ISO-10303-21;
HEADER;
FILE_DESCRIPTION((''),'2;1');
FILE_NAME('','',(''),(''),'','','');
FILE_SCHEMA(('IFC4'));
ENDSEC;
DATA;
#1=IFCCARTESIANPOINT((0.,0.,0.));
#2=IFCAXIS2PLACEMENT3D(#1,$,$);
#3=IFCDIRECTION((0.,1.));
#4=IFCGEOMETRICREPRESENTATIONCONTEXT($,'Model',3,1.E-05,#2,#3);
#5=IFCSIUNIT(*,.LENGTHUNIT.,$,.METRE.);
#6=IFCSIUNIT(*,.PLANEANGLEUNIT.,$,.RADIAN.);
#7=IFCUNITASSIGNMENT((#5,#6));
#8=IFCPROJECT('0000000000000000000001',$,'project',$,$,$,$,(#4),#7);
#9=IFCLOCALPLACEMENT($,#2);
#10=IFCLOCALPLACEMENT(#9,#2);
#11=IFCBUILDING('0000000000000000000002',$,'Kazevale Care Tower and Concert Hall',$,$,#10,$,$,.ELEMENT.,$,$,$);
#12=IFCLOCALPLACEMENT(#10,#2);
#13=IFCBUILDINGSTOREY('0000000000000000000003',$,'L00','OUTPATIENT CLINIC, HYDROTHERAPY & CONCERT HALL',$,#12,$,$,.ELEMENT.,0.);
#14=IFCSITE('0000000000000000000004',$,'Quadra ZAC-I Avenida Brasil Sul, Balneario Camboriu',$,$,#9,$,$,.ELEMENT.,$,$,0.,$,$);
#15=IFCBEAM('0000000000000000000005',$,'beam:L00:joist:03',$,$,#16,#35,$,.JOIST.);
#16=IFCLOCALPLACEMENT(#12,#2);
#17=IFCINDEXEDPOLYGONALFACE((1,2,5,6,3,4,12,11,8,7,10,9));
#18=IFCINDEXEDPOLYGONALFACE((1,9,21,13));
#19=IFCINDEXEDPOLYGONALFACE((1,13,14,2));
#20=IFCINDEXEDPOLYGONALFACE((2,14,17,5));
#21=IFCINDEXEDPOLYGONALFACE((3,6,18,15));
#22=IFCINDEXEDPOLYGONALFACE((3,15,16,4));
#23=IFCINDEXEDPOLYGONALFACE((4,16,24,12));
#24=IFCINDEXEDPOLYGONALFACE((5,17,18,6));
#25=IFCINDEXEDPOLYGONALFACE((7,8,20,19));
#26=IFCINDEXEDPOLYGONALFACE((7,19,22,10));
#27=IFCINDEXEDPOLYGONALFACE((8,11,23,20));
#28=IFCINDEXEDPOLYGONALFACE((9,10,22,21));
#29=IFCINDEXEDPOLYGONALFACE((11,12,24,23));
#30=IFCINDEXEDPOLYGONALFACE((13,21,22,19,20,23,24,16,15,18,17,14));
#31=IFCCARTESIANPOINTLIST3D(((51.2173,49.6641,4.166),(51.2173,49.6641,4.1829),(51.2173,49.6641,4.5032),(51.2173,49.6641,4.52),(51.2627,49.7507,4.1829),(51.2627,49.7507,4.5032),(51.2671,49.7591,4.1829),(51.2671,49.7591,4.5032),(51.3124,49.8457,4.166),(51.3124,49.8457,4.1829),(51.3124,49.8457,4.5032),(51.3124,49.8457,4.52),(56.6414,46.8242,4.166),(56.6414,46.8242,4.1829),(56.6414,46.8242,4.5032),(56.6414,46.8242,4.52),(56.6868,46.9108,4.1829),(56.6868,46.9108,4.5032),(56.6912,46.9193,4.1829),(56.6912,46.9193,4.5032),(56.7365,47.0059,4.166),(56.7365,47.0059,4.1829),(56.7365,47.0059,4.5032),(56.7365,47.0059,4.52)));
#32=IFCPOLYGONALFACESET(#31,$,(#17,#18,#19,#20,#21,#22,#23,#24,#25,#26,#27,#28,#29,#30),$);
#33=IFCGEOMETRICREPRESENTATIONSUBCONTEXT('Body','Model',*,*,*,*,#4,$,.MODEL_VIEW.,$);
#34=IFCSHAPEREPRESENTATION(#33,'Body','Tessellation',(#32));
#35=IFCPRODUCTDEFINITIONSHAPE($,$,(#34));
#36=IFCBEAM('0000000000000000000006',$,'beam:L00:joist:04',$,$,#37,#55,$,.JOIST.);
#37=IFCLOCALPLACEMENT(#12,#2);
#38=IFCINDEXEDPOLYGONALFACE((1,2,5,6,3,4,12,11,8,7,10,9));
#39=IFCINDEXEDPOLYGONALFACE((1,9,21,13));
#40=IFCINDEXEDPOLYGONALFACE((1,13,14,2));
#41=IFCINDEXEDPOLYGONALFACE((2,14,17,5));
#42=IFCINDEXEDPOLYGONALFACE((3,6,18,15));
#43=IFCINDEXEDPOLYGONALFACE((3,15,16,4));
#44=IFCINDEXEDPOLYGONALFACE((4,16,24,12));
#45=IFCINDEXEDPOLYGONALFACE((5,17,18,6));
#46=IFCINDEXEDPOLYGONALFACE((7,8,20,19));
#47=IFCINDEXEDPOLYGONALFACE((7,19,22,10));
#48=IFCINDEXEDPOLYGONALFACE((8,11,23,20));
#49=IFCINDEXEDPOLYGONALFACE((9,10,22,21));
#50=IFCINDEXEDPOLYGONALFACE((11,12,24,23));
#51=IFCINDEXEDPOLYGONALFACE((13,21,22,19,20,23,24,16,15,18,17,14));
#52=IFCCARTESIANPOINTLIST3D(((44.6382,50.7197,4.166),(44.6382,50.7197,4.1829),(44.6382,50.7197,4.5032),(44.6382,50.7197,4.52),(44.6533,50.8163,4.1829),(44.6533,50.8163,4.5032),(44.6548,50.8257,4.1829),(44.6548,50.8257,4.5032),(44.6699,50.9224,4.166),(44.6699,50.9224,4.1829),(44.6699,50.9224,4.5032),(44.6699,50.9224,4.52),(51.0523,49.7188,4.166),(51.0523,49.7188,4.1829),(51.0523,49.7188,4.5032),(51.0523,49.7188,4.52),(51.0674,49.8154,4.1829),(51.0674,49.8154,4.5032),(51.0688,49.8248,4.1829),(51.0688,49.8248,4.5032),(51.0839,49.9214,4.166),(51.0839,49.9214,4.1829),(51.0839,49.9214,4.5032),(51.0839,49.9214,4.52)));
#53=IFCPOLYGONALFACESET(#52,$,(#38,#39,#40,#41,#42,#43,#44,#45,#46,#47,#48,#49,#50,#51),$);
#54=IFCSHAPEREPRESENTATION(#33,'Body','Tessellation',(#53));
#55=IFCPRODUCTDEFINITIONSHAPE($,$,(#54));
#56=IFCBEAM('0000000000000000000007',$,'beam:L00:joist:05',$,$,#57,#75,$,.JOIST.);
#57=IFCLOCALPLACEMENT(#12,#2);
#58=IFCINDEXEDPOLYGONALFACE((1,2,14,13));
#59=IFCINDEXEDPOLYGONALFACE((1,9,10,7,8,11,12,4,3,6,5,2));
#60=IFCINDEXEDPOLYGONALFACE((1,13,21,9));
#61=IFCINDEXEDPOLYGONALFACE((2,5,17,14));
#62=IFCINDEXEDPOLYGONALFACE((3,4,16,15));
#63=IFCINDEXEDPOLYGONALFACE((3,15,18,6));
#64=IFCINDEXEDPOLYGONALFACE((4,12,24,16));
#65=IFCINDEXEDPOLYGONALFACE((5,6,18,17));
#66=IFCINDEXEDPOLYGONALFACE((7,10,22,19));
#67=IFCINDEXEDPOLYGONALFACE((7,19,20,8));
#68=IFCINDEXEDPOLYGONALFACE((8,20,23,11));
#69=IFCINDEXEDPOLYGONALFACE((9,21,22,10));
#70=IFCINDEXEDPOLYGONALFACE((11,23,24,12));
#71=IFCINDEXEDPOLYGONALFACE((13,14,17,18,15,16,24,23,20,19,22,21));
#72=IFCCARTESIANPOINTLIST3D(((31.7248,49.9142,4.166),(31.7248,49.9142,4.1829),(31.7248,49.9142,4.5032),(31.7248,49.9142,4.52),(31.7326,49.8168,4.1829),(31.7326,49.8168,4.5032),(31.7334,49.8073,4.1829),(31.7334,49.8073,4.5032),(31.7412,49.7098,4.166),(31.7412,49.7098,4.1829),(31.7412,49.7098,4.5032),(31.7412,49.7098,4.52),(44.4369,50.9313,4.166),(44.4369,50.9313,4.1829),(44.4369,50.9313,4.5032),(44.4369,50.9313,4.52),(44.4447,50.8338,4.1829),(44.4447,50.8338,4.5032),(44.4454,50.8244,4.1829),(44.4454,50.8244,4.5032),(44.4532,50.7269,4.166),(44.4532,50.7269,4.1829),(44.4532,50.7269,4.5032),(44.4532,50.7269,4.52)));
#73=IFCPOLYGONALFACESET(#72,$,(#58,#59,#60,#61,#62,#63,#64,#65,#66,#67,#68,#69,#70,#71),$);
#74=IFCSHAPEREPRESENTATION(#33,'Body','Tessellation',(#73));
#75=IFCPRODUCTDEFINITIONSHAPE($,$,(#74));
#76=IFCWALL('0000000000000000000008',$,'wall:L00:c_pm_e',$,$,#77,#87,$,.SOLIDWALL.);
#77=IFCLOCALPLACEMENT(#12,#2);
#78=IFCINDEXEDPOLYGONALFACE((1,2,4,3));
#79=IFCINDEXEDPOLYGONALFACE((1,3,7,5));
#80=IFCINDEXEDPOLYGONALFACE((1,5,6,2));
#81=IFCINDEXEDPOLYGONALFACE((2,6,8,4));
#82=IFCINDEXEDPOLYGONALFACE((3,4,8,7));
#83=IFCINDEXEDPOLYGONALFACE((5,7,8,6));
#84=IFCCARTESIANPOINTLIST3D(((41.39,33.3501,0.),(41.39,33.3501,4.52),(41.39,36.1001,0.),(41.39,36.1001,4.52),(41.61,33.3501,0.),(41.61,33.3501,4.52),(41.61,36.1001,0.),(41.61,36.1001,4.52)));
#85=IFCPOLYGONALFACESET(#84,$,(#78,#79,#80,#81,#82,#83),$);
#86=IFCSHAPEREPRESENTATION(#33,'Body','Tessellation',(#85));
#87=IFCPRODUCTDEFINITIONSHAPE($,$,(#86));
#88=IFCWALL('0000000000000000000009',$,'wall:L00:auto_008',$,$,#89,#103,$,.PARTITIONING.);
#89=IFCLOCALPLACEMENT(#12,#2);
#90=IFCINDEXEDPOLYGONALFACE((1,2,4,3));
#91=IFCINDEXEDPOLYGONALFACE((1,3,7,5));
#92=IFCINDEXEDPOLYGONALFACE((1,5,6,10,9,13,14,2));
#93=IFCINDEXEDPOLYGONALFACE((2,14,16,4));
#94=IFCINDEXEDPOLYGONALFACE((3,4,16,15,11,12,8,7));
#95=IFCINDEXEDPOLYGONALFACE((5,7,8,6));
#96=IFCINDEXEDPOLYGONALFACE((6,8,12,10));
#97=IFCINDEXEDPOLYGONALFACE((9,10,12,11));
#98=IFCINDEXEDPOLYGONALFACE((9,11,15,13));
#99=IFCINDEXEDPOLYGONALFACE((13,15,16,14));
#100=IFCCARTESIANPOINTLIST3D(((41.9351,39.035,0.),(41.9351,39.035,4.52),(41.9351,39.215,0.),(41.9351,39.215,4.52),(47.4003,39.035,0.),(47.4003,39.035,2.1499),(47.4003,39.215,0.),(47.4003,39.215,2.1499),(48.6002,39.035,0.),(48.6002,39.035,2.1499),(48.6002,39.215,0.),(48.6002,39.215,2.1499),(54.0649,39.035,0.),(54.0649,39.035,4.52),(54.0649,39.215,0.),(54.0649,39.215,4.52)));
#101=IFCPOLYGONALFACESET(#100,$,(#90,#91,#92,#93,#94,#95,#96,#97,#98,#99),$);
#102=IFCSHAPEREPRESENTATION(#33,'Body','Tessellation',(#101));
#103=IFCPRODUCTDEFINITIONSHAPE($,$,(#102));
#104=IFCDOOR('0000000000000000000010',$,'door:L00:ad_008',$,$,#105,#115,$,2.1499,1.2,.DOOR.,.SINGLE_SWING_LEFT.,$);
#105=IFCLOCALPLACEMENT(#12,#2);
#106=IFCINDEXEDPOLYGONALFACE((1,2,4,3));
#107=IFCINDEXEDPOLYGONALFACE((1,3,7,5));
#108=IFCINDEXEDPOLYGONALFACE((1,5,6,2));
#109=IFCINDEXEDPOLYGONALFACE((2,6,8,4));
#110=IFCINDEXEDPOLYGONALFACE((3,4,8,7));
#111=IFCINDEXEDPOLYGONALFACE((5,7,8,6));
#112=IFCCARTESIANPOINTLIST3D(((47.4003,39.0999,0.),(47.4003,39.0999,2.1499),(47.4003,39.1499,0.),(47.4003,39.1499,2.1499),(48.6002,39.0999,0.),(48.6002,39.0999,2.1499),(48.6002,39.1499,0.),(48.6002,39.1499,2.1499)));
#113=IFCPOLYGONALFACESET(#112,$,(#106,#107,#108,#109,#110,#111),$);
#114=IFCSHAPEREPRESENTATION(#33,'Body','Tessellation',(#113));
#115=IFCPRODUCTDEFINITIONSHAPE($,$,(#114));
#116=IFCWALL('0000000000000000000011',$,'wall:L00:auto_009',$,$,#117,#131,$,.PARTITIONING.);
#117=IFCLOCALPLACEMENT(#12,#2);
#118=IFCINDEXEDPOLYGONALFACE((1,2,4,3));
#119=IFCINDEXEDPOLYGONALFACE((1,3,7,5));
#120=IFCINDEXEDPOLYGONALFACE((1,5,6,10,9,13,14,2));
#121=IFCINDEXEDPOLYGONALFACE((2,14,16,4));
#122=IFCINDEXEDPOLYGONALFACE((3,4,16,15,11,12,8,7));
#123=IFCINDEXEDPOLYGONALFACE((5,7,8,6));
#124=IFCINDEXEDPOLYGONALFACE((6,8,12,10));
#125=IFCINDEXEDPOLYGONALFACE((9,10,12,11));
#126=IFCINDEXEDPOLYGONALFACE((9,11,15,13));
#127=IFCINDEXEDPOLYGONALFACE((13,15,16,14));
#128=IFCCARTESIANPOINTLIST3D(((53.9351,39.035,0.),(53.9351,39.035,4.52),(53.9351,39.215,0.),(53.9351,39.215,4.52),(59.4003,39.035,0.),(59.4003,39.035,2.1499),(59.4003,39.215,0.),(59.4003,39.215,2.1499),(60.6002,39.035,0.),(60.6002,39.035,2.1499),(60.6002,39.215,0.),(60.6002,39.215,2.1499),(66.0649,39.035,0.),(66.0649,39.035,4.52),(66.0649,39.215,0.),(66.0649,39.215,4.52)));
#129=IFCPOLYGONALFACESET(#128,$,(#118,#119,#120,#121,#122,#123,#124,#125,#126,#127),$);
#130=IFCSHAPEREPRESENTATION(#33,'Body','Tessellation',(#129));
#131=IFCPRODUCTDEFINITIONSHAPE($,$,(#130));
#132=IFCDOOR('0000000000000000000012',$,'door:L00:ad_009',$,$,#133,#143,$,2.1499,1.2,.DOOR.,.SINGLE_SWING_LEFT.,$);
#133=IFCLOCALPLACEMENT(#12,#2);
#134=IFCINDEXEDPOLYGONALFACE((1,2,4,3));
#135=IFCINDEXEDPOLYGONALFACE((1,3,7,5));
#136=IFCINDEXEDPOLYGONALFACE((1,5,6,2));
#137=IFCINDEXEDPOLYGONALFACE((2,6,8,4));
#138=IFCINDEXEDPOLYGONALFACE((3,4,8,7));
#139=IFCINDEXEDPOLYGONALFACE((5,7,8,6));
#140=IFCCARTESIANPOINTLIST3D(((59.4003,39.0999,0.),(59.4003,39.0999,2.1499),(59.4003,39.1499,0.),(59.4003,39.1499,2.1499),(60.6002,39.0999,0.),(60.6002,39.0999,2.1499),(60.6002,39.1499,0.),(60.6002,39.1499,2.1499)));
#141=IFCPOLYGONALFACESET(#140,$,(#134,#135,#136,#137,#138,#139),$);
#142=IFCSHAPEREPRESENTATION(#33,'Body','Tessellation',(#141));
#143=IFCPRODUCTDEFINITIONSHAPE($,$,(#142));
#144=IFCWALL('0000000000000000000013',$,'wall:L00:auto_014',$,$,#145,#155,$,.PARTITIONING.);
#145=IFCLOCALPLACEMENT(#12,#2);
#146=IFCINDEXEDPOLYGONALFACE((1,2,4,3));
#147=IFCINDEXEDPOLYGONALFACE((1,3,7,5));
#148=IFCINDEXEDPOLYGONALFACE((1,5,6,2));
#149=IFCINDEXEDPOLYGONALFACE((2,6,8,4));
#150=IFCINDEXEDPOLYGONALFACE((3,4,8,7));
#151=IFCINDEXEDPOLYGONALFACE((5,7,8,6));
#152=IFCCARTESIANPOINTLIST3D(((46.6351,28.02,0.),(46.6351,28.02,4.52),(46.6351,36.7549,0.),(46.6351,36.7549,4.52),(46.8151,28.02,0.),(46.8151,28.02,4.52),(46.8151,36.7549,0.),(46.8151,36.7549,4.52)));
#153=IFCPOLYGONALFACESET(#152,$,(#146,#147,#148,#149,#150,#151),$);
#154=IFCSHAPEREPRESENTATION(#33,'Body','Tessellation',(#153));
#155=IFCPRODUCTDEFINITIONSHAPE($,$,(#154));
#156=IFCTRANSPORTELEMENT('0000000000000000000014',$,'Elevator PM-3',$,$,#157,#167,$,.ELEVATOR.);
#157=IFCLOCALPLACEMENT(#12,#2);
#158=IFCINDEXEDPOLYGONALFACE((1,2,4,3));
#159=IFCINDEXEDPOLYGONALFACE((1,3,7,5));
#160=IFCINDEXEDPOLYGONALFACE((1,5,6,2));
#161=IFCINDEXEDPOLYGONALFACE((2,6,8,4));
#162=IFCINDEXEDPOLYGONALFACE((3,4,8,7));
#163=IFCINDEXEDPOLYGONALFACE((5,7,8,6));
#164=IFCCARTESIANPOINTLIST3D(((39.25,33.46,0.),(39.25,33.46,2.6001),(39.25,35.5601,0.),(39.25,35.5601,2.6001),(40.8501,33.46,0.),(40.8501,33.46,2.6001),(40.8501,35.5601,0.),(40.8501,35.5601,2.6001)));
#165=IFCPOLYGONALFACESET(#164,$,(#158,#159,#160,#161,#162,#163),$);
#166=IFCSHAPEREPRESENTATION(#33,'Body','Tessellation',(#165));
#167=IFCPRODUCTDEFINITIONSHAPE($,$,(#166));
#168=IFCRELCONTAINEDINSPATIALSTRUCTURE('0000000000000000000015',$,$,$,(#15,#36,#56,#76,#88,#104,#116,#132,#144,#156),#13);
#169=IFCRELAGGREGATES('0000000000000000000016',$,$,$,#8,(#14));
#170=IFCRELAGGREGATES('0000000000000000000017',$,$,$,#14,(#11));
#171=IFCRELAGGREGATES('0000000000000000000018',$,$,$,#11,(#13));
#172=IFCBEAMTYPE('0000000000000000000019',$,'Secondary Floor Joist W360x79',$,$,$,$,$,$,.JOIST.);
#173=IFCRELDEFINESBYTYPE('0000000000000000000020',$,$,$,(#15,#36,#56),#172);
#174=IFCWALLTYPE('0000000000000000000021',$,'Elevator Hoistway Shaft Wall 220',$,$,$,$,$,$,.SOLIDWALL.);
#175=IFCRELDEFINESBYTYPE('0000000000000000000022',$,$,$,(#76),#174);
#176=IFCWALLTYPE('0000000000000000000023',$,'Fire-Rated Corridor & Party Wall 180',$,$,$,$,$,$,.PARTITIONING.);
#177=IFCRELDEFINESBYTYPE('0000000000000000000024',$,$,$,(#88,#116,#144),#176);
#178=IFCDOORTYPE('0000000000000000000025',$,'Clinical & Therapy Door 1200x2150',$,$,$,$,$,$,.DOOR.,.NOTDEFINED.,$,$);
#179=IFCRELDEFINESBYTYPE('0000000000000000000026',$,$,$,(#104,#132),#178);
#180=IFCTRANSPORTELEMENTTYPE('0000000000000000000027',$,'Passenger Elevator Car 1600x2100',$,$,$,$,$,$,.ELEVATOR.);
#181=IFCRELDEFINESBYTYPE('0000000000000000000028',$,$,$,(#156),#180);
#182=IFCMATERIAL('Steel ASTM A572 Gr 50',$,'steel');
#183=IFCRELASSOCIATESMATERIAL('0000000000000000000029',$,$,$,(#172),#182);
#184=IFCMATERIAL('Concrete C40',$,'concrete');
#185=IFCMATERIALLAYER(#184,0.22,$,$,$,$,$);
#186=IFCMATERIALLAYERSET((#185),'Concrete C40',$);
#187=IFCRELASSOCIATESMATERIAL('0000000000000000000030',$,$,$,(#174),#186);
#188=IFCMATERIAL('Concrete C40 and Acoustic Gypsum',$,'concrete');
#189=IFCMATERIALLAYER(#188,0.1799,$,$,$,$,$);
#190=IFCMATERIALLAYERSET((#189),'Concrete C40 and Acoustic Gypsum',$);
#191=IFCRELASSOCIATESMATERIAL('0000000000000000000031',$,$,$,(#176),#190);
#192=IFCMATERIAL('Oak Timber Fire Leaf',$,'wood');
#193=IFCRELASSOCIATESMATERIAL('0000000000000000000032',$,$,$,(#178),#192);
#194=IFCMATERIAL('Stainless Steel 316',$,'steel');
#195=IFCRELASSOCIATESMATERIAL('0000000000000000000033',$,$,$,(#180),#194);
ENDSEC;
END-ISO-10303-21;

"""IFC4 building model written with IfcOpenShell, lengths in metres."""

from ifc_helpers import new_model, si_unit, direction, frame, frame_2d, origin, origin_2d, place, context, subcontext, project, spatial, rectangle, i_section, extrude, material, layer, layer_set, material_profile, profile_set, type_object, element, fill, save


model = new_model("IFC4")

# Units and contexts
model_context = context("Model", 3, precision=1e-05, world=origin(), true_north=direction((0.0, 1.0)))
body_context = subcontext(model_context, "Body", "Model", "MODEL_VIEW")
ifc_project = project(units=[si_unit("LENGTHUNIT", "METRE"), si_unit("PLANEANGLEUNIT", "RADIAN")], contexts=[model_context])

# Site, building, storey
site_placement = place(None, origin())
site = spatial("IfcSite", under=ifc_project, at=site_placement, Name="Quadra ZAC-I Avenida Brasil Sul, Balneario Camboriu", CompositionType="ELEMENT", RefElevation=0.0)
building_placement = place(site_placement, origin())
building = spatial("IfcBuilding", under=site, at=building_placement, Name="Kazevale Care Tower and Concert Hall", CompositionType="ELEMENT")
storey_placement = place(building_placement, origin())
storey = spatial("IfcBuildingStorey", under=building, at=storey_placement, Name="L00", Description="OUTPATIENT CLINIC, HYDROTHERAPY & CONCERT HALL", CompositionType="ELEMENT", Elevation=0.0)

# Beams
ifc_material_1 = material(Name="Steel ASTM A572 Gr 50", Category="steel")
ifc_material_profile_1 = material_profile(ifc_material_1, i_section(OverallWidth=0.2051, OverallDepth=0.354, WebThickness=0.0095, FlangeThickness=0.0168, at=origin_2d()), Name="W360x79")
ifc_profile_set_1 = profile_set([ifc_material_profile_1], Name="Steel ASTM A572 Gr 50")
beam_type_1 = type_object("IfcBeamType", Name="Secondary Floor Joist W360x79", PredefinedType="JOIST", material=ifc_profile_set_1)
beam_1_placement = place(storey_placement, frame((56.689, 46.915, 4.343), z_axis=(-0.885921, 0.463836, 0.0), x_axis=(-0.463836, -0.885921, 0.0)))
element("IfcBeam", 1, at=beam_1_placement, inside=storey, type_object=beam_type_1, Name="beam:L00:joist:03", PredefinedType="JOIST", context=body_context, shape_type="SweptSolid", body=[
    extrude(i_section(OverallWidth=0.2051, OverallDepth=0.354, WebThickness=0.0095, FlangeThickness=0.0168, at=origin_2d()), origin(), (0.0, 0.0, 1.0), 6.1226),
])
beam_2_placement = place(storey_placement, frame((51.0681, 49.8201, 4.343), z_axis=(-0.988041, 0.154193, 0.0), x_axis=(-0.154193, -0.988041, 0.0)))
element("IfcBeam", 2, at=beam_2_placement, inside=storey, type_object=beam_type_1, Name="beam:L00:joist:04", PredefinedType="JOIST", context=body_context, shape_type="SweptSolid", body=[
    extrude(i_section(OverallWidth=0.2051, OverallDepth=0.354, WebThickness=0.0095, FlangeThickness=0.0168, at=origin_2d()), origin(), (0.0, 0.0, 1.0), 6.4917),
])
beam_3_placement = place(storey_placement, frame((44.4451, 50.8291, 4.343), z_axis=(-0.996815, -0.079754, 0.0), x_axis=(0.079754, -0.996815, 0.0)))
element("IfcBeam", 3, at=beam_3_placement, inside=storey, type_object=beam_type_1, Name="beam:L00:joist:05", PredefinedType="JOIST", context=body_context, shape_type="SweptSolid", body=[
    extrude(i_section(OverallWidth=0.2051, OverallDepth=0.354, WebThickness=0.0095, FlangeThickness=0.0168, at=origin_2d()), origin(), (0.0, 0.0, 1.0), 12.7527),
])

# Wall
ifc_material_2 = material(Name="Concrete C40", Category="concrete")
ifc_layer_1 = layer(ifc_material_2, 0.22)
ifc_layer_set_1 = layer_set([ifc_layer_1], Name="Concrete C40")
wall_type_1 = type_object("IfcWallType", Name="Elevator Hoistway Shaft Wall 220", PredefinedType="SOLIDWALL", material=ifc_layer_set_1)
wall_1_placement = place(storey_placement, frame((41.5, 33.3501, 0.0), z_axis=(0.0, 0.0, 1.0), x_axis=(0.0, 1.0, 0.0)))
element("IfcWall", 4, at=wall_1_placement, inside=storey, type_object=wall_type_1, Name="wall:L00:c_pm_e", PredefinedType="SOLIDWALL", context=body_context, shape_type="SweptSolid", body=[
    extrude(rectangle(XDim=2.75, YDim=0.22, at=frame_2d((1.375, 0.0))), origin(), (0.0, 0.0, 1.0), 4.52),
])

# Walls, openings, doors
ifc_material_3 = material(Name="Concrete C40 and Acoustic Gypsum", Category="concrete")
ifc_layer_2 = layer(ifc_material_3, 0.1799)
ifc_layer_set_2 = layer_set([ifc_layer_2], Name="Concrete C40 and Acoustic Gypsum")
wall_type_2 = type_object("IfcWallType", Name="Fire-Rated Corridor & Party Wall 180", PredefinedType="PARTITIONING", material=ifc_layer_set_2)
wall_2_placement = place(storey_placement, frame((41.9351, 39.125, 0.0), z_axis=(0.0, 0.0, 1.0), x_axis=(1.0, 0.0, 0.0)))
wall_2 = element("IfcWall", 5, at=wall_2_placement, inside=storey, type_object=wall_type_2, Name="wall:L00:auto_008", PredefinedType="PARTITIONING", context=body_context, shape_type="SweptSolid", body=[
    extrude(rectangle(XDim=12.1299, YDim=0.1799, at=frame_2d((6.0649, 0.0))), origin(), (0.0, 0.0, 1.0), 4.52),
])
opening_1_placement = place(wall_2_placement, frame((5.4651, 0.0, 0.0)))
opening_1 = element("IfcOpeningElement", 6, at=opening_1_placement, cuts=wall_2, PredefinedType="OPENING", context=body_context, shape_type="SweptSolid", body=[
    extrude(rectangle(XDim=1.2, YDim=2.1499, at=frame_2d((0.6001, 1.075))), frame((0.0, 0.0999, 0.0), z_axis=(0.0, -1.0, 0.0), x_axis=(1.0, 0.0, 0.0)), (0.0, 0.0, 1.0), 0.2),
])
ifc_material_4 = material(Name="Oak Timber Fire Leaf", Category="wood")
door_type = type_object("IfcDoorType", Name="Clinical & Therapy Door 1200x2150", OperationType="NOTDEFINED", PredefinedType="DOOR", material=ifc_material_4)
door_1_placement = place(opening_1_placement, origin())
door_1 = element("IfcDoor", 7, at=door_1_placement, inside=storey, type_object=door_type, Name="door:L00:ad_008", OperationType="SINGLE_SWING_LEFT", OverallHeight=2.1499, OverallWidth=1.2, PredefinedType="DOOR", context=body_context, shape_type="SweptSolid", body=[
    extrude(rectangle(XDim=1.2, YDim=2.1499, at=frame_2d((0.6001, 1.075))), frame((0.0, 0.0249, 0.0), z_axis=(0.0, -1.0, 0.0), x_axis=(1.0, 0.0, 0.0)), (0.0, 0.0, 1.0), 0.05),
])
fill(opening_1, door_1)
wall_3_placement = place(storey_placement, frame((53.9351, 39.125, 0.0), z_axis=(0.0, 0.0, 1.0), x_axis=(1.0, 0.0, 0.0)))
wall_3 = element("IfcWall", 8, at=wall_3_placement, inside=storey, type_object=wall_type_2, Name="wall:L00:auto_009", PredefinedType="PARTITIONING", context=body_context, shape_type="SweptSolid", body=[
    extrude(rectangle(XDim=12.1299, YDim=0.1799, at=frame_2d((6.0649, 0.0))), origin(), (0.0, 0.0, 1.0), 4.52),
])
opening_2_placement = place(wall_3_placement, frame((5.4651, 0.0, 0.0)))
opening_2 = element("IfcOpeningElement", 9, at=opening_2_placement, cuts=wall_3, PredefinedType="OPENING", context=body_context, shape_type="SweptSolid", body=[
    extrude(rectangle(XDim=1.2, YDim=2.1499, at=frame_2d((0.6001, 1.075))), frame((0.0, 0.0999, 0.0), z_axis=(0.0, -1.0, 0.0), x_axis=(1.0, 0.0, 0.0)), (0.0, 0.0, 1.0), 0.2),
])
door_2_placement = place(opening_2_placement, origin())
door_2 = element("IfcDoor", 10, at=door_2_placement, inside=storey, type_object=door_type, Name="door:L00:ad_009", OperationType="SINGLE_SWING_LEFT", OverallHeight=2.1499, OverallWidth=1.2, PredefinedType="DOOR", context=body_context, shape_type="SweptSolid", body=[
    extrude(rectangle(XDim=1.2, YDim=2.1499, at=frame_2d((0.6001, 1.075))), frame((0.0, 0.0249, 0.0), z_axis=(0.0, -1.0, 0.0), x_axis=(1.0, 0.0, 0.0)), (0.0, 0.0, 1.0), 0.05),
])
fill(opening_2, door_2)

# Wall
wall_4_placement = place(storey_placement, frame((46.7251, 36.7549, 0.0), z_axis=(0.0, 0.0, 1.0), x_axis=(0.0, -1.0, 0.0)))
element("IfcWall", 11, at=wall_4_placement, inside=storey, type_object=wall_type_2, Name="wall:L00:auto_014", PredefinedType="PARTITIONING", context=body_context, shape_type="SweptSolid", body=[
    extrude(rectangle(XDim=8.7349, YDim=0.1799, at=frame_2d((4.3674, 0.0))), origin(), (0.0, 0.0, 1.0), 4.52),
])

# Transport element
ifc_material_5 = material(Name="Stainless Steel 316", Category="steel")
transport_element_type = type_object("IfcTransportElementType", Name="Passenger Elevator Car 1600x2100", PredefinedType="ELEVATOR", material=ifc_material_5)
transport_element_placement = place(storey_placement, frame((40.05, 34.51, 0.0), z_axis=(0.0, 0.0, 1.0), x_axis=(1.0, 0.0, 0.0)))
element("IfcTransportElement", 12, at=transport_element_placement, inside=storey, type_object=transport_element_type, Name="Elevator PM-3", PredefinedType="ELEVATOR", context=body_context, shape_type="SweptSolid", body=[
    extrude(rectangle(XDim=1.6001, YDim=2.1001, at=origin_2d()), origin(), (0.0, 0.0, 1.0), 2.6001),
])

save(model, "model.ifc")
